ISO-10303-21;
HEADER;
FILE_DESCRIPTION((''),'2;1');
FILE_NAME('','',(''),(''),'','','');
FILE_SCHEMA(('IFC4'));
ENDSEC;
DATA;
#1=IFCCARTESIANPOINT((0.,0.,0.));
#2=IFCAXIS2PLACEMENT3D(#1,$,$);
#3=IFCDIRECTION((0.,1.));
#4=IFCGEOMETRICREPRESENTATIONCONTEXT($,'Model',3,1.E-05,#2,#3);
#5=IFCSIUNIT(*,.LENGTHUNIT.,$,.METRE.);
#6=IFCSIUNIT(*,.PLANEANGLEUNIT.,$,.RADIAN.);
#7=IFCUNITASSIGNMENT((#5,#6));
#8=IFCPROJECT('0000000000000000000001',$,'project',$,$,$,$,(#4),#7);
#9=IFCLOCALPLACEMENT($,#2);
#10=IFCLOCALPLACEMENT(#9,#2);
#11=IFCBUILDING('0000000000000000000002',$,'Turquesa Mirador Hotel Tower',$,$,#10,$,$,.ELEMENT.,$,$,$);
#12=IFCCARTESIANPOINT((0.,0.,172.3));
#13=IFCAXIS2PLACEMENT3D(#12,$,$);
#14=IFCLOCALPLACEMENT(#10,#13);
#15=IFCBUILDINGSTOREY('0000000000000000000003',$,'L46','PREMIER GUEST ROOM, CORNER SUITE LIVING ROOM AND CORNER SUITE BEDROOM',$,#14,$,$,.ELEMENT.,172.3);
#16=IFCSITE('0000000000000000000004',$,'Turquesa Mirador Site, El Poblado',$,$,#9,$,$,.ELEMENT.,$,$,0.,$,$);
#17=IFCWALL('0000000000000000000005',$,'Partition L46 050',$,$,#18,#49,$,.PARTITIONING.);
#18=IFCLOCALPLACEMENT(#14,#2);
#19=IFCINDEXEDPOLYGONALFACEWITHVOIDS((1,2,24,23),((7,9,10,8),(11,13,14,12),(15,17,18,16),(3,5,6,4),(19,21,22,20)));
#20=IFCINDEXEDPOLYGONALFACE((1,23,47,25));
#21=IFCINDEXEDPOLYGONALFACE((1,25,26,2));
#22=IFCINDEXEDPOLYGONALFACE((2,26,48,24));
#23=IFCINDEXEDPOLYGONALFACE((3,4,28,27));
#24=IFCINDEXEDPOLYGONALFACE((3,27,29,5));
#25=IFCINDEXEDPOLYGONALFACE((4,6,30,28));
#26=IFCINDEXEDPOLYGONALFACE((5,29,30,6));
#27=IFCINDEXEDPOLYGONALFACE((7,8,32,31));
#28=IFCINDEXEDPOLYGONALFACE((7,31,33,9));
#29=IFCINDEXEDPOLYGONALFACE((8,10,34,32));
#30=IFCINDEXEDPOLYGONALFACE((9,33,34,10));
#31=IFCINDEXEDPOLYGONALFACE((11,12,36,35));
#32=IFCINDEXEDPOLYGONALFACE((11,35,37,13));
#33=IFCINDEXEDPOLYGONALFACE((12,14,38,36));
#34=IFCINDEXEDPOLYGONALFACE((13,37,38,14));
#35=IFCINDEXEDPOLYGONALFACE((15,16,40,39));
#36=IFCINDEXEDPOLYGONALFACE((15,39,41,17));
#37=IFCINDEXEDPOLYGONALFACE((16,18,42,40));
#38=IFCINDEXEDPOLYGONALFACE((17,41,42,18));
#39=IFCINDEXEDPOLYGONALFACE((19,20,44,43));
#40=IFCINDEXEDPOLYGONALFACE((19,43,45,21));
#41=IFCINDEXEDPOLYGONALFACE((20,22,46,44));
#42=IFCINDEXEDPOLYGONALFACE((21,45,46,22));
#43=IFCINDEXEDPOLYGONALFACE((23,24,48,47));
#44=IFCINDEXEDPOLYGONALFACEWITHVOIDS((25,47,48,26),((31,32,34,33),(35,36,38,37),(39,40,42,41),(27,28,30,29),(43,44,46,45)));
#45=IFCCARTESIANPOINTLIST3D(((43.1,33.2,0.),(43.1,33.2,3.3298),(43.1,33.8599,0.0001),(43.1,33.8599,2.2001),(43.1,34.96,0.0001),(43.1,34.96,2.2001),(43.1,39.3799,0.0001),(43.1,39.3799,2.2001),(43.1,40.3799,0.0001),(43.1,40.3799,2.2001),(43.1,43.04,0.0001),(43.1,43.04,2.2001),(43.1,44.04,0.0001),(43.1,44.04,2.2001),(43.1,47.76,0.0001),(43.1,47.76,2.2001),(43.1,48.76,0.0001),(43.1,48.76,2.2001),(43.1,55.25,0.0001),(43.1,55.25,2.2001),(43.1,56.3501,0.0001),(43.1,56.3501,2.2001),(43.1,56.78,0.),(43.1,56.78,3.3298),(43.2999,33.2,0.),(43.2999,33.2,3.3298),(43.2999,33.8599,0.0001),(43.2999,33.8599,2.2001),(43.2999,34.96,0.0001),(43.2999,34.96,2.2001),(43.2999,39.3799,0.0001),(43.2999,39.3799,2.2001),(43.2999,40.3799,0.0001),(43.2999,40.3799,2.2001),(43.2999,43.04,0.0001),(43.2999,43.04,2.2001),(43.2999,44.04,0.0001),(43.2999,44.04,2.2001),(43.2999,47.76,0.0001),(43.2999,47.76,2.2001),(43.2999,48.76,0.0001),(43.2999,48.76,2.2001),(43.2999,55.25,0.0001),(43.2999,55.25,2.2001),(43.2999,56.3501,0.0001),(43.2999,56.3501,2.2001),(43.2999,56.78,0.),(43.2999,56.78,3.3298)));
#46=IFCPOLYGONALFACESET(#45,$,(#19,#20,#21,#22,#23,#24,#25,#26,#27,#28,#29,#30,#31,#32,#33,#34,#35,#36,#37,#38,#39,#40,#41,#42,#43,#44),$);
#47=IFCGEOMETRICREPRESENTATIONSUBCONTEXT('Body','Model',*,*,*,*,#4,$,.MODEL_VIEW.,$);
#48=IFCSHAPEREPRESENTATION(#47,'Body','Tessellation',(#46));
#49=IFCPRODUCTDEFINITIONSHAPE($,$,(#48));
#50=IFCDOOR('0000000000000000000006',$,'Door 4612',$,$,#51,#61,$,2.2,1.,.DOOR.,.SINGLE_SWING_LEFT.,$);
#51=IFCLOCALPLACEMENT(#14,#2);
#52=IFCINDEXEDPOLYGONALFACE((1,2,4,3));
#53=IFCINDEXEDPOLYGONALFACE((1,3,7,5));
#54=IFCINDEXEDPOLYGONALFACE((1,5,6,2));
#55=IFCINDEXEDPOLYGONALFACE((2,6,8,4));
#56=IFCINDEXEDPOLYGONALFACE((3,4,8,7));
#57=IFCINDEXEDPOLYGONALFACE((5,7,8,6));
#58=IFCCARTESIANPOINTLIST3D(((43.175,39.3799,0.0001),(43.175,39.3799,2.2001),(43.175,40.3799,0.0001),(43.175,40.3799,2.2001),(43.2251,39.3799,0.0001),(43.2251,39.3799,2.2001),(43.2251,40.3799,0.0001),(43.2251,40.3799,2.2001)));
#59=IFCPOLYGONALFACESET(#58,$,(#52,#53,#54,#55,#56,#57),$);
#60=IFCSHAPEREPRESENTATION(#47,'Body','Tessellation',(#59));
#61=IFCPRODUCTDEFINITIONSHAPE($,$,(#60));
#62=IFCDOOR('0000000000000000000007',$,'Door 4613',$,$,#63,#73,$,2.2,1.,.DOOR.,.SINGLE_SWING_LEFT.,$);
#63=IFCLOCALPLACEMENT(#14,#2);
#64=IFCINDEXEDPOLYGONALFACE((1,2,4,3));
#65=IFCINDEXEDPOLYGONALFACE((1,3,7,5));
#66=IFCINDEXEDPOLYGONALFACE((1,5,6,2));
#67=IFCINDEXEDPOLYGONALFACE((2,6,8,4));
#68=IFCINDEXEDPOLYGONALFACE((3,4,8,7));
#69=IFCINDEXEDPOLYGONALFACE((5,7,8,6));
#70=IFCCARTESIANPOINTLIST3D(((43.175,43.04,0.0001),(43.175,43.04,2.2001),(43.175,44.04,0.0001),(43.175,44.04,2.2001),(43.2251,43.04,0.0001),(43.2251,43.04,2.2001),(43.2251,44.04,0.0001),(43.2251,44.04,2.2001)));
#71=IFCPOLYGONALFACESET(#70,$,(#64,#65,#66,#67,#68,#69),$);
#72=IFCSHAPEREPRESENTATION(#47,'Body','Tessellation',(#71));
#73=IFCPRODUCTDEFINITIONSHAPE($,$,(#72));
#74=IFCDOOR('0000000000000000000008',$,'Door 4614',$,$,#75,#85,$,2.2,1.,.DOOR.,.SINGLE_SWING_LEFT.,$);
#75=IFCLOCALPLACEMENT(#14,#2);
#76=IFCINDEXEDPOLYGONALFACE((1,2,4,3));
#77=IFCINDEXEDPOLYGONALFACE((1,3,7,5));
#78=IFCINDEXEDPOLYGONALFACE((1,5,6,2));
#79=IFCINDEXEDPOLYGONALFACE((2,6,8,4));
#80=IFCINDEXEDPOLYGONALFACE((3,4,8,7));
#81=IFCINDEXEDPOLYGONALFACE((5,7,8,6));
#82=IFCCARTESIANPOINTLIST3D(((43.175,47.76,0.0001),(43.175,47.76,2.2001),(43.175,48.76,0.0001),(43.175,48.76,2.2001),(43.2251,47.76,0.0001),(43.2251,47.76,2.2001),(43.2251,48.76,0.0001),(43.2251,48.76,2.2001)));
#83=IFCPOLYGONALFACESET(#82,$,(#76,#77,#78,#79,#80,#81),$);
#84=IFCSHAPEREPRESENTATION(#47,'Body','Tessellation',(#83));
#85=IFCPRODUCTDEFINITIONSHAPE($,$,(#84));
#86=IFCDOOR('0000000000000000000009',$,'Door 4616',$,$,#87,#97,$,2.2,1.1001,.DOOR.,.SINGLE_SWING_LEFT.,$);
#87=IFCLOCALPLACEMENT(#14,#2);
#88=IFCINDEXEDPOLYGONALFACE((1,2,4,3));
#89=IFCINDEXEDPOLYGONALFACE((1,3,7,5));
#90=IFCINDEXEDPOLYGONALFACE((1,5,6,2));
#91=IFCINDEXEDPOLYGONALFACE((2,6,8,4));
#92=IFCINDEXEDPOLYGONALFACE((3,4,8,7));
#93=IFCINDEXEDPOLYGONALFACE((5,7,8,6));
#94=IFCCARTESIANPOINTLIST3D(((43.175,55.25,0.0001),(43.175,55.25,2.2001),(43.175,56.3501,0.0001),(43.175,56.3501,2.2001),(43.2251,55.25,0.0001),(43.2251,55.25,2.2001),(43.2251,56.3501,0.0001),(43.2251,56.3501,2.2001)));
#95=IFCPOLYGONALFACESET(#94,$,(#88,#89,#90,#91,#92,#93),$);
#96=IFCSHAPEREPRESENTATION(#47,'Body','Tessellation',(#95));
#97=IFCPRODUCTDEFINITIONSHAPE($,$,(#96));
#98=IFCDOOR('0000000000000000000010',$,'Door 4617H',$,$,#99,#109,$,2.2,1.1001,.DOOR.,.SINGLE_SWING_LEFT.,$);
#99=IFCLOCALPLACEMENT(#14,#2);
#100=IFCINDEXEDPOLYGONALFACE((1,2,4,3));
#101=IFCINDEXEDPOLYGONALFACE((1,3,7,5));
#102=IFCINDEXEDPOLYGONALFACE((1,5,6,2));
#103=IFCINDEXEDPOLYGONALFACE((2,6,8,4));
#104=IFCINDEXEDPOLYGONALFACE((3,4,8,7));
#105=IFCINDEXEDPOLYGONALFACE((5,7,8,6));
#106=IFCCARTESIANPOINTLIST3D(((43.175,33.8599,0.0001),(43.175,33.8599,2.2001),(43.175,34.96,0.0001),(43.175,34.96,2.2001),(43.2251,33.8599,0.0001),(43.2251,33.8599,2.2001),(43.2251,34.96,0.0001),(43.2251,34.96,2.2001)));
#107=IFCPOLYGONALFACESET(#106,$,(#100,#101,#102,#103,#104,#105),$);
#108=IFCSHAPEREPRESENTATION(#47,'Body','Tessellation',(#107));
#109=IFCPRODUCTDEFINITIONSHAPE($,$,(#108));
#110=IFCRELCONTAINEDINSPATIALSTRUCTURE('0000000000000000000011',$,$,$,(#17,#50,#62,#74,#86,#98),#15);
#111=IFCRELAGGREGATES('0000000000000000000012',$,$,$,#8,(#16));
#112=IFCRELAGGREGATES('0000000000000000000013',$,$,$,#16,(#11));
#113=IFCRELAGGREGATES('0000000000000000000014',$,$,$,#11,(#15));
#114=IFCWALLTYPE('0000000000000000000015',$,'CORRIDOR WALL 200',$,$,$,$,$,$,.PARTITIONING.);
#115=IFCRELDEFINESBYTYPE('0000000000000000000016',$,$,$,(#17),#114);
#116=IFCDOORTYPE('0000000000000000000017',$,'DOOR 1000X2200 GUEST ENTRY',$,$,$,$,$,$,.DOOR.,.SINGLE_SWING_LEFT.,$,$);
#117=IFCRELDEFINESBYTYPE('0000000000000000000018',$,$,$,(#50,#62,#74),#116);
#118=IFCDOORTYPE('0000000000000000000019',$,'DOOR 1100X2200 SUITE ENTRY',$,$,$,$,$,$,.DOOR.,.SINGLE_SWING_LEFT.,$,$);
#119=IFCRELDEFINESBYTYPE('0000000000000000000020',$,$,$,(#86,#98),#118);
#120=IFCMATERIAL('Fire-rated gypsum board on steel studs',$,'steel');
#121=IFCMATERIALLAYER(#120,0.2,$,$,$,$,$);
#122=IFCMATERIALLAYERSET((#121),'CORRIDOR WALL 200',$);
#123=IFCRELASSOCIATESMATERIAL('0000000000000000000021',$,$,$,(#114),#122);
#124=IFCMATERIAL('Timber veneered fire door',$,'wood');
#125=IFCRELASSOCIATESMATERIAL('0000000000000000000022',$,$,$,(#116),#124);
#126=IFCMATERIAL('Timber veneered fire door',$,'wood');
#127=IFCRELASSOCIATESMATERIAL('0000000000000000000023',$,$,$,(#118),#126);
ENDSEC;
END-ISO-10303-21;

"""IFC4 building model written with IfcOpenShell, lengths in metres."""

from ifc_helpers import new_model, si_unit, direction, frame, frame_2d, origin, place, context, subcontext, project, spatial, rectangle, extrude, material, layer, layer_set, type_object, element, fill, save


model = new_model("IFC4")

# Units and contexts
model_context = context("Model", 3, precision=1e-05, world=origin(), true_north=direction((0.0, 1.0)))
body_context = subcontext(model_context, "Body", "Model", "MODEL_VIEW")
ifc_project = project(units=[si_unit("LENGTHUNIT", "METRE"), si_unit("PLANEANGLEUNIT", "RADIAN")], contexts=[model_context])

# Site, building, storey
site_placement = place(None, origin())
site = spatial("IfcSite", under=ifc_project, at=site_placement, Name="Turquesa Mirador Site, El Poblado", CompositionType="ELEMENT", RefElevation=0.0)
building_placement = place(site_placement, origin())
building = spatial("IfcBuilding", under=site, at=building_placement, Name="Turquesa Mirador Hotel Tower", CompositionType="ELEMENT")
storey_placement = place(building_placement, frame((0.0, 0.0, 172.3)))
storey = spatial("IfcBuildingStorey", under=building, at=storey_placement, Name="L46", Description="PREMIER GUEST ROOM, CORNER SUITE LIVING ROOM AND CORNER SUITE BEDROOM", CompositionType="ELEMENT", Elevation=172.3)

# Wall, openings, doors
ifc_material_1 = material(Name="Fire-rated gypsum board on steel studs", Category="steel")
ifc_layer_1 = layer(ifc_material_1, 0.2)
ifc_layer_set_1 = layer_set([ifc_layer_1], Name="CORRIDOR WALL 200")
wall_type_1 = type_object("IfcWallType", Name="CORRIDOR WALL 200", PredefinedType="PARTITIONING", material=ifc_layer_set_1)
ifc_material_2 = material(Name="Timber veneered fire door", Category="wood")
door_type_1 = type_object("IfcDoorType", Name="DOOR 1000X2200 GUEST ENTRY", OperationType="SINGLE_SWING_LEFT", PredefinedType="DOOR", material=ifc_material_2)
wall_1_placement = place(storey_placement, frame((43.2, 33.2, 0.0), z_axis=(0.0, 0.0, 1.0), x_axis=(0.0, 1.0, 0.0)))
wall_1 = element("IfcWall", 1, at=wall_1_placement, inside=storey, type_object=wall_type_1, Name="Partition L46 050", PredefinedType="PARTITIONING", context=body_context, shape_type="SweptSolid", body=[
    extrude(rectangle(XDim=23.5801, YDim=0.2, at=frame_2d((11.79, 0.0))), origin(), (0.0, 0.0, 1.0), 3.3298),
])
opening_1_placement = place(wall_1_placement, frame((6.1799, 0.0, 0.0)))
opening_1 = element("IfcOpeningElement", 2, at=opening_1_placement, cuts=wall_1, PredefinedType="OPENING", context=body_context, shape_type="SweptSolid", body=[
    extrude(rectangle(XDim=1.0, YDim=2.2, at=frame_2d((0.5, 1.1001))), frame((0.0, 0.1099, 0.0), z_axis=(0.0, -1.0, 0.0), x_axis=(1.0, 0.0, 0.0)), (0.0, 0.0, 1.0), 0.22),
])
opening_2_placement = place(wall_1_placement, frame((9.8401, 0.0, 0.0)))
opening_2 = element("IfcOpeningElement", 3, at=opening_2_placement, cuts=wall_1, PredefinedType="OPENING", context=body_context, shape_type="SweptSolid", body=[
    extrude(rectangle(XDim=1.0, YDim=2.2, at=frame_2d((0.5, 1.1001))), frame((0.0, 0.1099, 0.0), z_axis=(0.0, -1.0, 0.0), x_axis=(1.0, 0.0, 0.0)), (0.0, 0.0, 1.0), 0.22),
])
opening_3_placement = place(wall_1_placement, frame((14.5601, 0.0, 0.0)))
opening_3 = element("IfcOpeningElement", 4, at=opening_3_placement, cuts=wall_1, PredefinedType="OPENING", context=body_context, shape_type="SweptSolid", body=[
    extrude(rectangle(XDim=1.0, YDim=2.2, at=frame_2d((0.5, 1.1001))), frame((0.0, 0.1099, 0.0), z_axis=(0.0, -1.0, 0.0), x_axis=(1.0, 0.0, 0.0)), (0.0, 0.0, 1.0), 0.22),
])
opening_4_placement = place(wall_1_placement, frame((22.05, 0.0, 0.0)))
opening_4 = element("IfcOpeningElement", 5, at=opening_4_placement, cuts=wall_1, PredefinedType="OPENING", context=body_context, shape_type="SweptSolid", body=[
    extrude(rectangle(XDim=1.1001, YDim=2.2, at=frame_2d((0.55, 1.1001))), frame((0.0, 0.1099, 0.0), z_axis=(0.0, -1.0, 0.0), x_axis=(1.0, 0.0, 0.0)), (0.0, 0.0, 1.0), 0.22),
])
opening_5_placement = place(wall_1_placement, frame((0.6599, 0.0, 0.0)))
opening_5 = element("IfcOpeningElement", 6, at=opening_5_placement, cuts=wall_1, PredefinedType="OPENING", context=body_context, shape_type="SweptSolid", body=[
    extrude(rectangle(XDim=1.1001, YDim=2.2, at=frame_2d((0.55, 1.1001))), frame((0.0, 0.1099, 0.0), z_axis=(0.0, -1.0, 0.0), x_axis=(1.0, 0.0, 0.0)), (0.0, 0.0, 1.0), 0.22),
])
door_1_placement = place(opening_1_placement, origin())
door_1 = element("IfcDoor", 7, at=door_1_placement, inside=storey, type_object=door_type_1, Name="Door 4612", OperationType="SINGLE_SWING_LEFT", OverallHeight=2.2, OverallWidth=1.0, PredefinedType="DOOR", context=body_context, shape_type="SweptSolid", body=[
    extrude(rectangle(XDim=1.0, YDim=2.2, at=frame_2d((0.5, 1.1001))), frame((0.0, 0.0249, 0.0), z_axis=(0.0, -1.0, 0.0), x_axis=(1.0, 0.0, 0.0)), (0.0, 0.0, 1.0), 0.05),
])
fill(opening_1, door_1)
door_2_placement = place(opening_2_placement, origin())
door_2 = element("IfcDoor", 8, at=door_2_placement, inside=storey, type_object=door_type_1, Name="Door 4613", OperationType="SINGLE_SWING_LEFT", OverallHeight=2.2, OverallWidth=1.0, PredefinedType="DOOR", context=body_context, shape_type="SweptSolid", body=[
    extrude(rectangle(XDim=1.0, YDim=2.2, at=frame_2d((0.5, 1.1001))), frame((0.0, 0.0249, 0.0), z_axis=(0.0, -1.0, 0.0), x_axis=(1.0, 0.0, 0.0)), (0.0, 0.0, 1.0), 0.05),
])
fill(opening_2, door_2)
door_3_placement = place(opening_3_placement, origin())
door_3 = element("IfcDoor", 9, at=door_3_placement, inside=storey, type_object=door_type_1, Name="Door 4614", OperationType="SINGLE_SWING_LEFT", OverallHeight=2.2, OverallWidth=1.0, PredefinedType="DOOR", context=body_context, shape_type="SweptSolid", body=[
    extrude(rectangle(XDim=1.0, YDim=2.2, at=frame_2d((0.5, 1.1001))), frame((0.0, 0.0249, 0.0), z_axis=(0.0, -1.0, 0.0), x_axis=(1.0, 0.0, 0.0)), (0.0, 0.0, 1.0), 0.05),
])
fill(opening_3, door_3)
ifc_material_3 = material(Name="Timber veneered fire door", Category="wood")
door_type_2 = type_object("IfcDoorType", Name="DOOR 1100X2200 SUITE ENTRY", OperationType="SINGLE_SWING_LEFT", PredefinedType="DOOR", material=ifc_material_3)
door_4_placement = place(opening_4_placement, origin())
door_4 = element("IfcDoor", 10, at=door_4_placement, inside=storey, type_object=door_type_2, Name="Door 4616", OperationType="SINGLE_SWING_LEFT", OverallHeight=2.2, OverallWidth=1.1001, PredefinedType="DOOR", context=body_context, shape_type="SweptSolid", body=[
    extrude(rectangle(XDim=1.1001, YDim=2.2, at=frame_2d((0.55, 1.1001))), frame((0.0, 0.0249, 0.0), z_axis=(0.0, -1.0, 0.0), x_axis=(1.0, 0.0, 0.0)), (0.0, 0.0, 1.0), 0.05),
])
fill(opening_4, door_4)
door_5_placement = place(opening_5_placement, origin())
door_5 = element("IfcDoor", 11, at=door_5_placement, inside=storey, type_object=door_type_2, Name="Door 4617H", OperationType="SINGLE_SWING_LEFT", OverallHeight=2.2, OverallWidth=1.1001, PredefinedType="DOOR", context=body_context, shape_type="SweptSolid", body=[
    extrude(rectangle(XDim=1.1001, YDim=2.2, at=frame_2d((0.55, 1.1001))), frame((0.0, 0.0249, 0.0), z_axis=(0.0, -1.0, 0.0), x_axis=(1.0, 0.0, 0.0)), (0.0, 0.0, 1.0), 0.05),
])
fill(opening_5, door_5)

save(model, "model.ifc")
